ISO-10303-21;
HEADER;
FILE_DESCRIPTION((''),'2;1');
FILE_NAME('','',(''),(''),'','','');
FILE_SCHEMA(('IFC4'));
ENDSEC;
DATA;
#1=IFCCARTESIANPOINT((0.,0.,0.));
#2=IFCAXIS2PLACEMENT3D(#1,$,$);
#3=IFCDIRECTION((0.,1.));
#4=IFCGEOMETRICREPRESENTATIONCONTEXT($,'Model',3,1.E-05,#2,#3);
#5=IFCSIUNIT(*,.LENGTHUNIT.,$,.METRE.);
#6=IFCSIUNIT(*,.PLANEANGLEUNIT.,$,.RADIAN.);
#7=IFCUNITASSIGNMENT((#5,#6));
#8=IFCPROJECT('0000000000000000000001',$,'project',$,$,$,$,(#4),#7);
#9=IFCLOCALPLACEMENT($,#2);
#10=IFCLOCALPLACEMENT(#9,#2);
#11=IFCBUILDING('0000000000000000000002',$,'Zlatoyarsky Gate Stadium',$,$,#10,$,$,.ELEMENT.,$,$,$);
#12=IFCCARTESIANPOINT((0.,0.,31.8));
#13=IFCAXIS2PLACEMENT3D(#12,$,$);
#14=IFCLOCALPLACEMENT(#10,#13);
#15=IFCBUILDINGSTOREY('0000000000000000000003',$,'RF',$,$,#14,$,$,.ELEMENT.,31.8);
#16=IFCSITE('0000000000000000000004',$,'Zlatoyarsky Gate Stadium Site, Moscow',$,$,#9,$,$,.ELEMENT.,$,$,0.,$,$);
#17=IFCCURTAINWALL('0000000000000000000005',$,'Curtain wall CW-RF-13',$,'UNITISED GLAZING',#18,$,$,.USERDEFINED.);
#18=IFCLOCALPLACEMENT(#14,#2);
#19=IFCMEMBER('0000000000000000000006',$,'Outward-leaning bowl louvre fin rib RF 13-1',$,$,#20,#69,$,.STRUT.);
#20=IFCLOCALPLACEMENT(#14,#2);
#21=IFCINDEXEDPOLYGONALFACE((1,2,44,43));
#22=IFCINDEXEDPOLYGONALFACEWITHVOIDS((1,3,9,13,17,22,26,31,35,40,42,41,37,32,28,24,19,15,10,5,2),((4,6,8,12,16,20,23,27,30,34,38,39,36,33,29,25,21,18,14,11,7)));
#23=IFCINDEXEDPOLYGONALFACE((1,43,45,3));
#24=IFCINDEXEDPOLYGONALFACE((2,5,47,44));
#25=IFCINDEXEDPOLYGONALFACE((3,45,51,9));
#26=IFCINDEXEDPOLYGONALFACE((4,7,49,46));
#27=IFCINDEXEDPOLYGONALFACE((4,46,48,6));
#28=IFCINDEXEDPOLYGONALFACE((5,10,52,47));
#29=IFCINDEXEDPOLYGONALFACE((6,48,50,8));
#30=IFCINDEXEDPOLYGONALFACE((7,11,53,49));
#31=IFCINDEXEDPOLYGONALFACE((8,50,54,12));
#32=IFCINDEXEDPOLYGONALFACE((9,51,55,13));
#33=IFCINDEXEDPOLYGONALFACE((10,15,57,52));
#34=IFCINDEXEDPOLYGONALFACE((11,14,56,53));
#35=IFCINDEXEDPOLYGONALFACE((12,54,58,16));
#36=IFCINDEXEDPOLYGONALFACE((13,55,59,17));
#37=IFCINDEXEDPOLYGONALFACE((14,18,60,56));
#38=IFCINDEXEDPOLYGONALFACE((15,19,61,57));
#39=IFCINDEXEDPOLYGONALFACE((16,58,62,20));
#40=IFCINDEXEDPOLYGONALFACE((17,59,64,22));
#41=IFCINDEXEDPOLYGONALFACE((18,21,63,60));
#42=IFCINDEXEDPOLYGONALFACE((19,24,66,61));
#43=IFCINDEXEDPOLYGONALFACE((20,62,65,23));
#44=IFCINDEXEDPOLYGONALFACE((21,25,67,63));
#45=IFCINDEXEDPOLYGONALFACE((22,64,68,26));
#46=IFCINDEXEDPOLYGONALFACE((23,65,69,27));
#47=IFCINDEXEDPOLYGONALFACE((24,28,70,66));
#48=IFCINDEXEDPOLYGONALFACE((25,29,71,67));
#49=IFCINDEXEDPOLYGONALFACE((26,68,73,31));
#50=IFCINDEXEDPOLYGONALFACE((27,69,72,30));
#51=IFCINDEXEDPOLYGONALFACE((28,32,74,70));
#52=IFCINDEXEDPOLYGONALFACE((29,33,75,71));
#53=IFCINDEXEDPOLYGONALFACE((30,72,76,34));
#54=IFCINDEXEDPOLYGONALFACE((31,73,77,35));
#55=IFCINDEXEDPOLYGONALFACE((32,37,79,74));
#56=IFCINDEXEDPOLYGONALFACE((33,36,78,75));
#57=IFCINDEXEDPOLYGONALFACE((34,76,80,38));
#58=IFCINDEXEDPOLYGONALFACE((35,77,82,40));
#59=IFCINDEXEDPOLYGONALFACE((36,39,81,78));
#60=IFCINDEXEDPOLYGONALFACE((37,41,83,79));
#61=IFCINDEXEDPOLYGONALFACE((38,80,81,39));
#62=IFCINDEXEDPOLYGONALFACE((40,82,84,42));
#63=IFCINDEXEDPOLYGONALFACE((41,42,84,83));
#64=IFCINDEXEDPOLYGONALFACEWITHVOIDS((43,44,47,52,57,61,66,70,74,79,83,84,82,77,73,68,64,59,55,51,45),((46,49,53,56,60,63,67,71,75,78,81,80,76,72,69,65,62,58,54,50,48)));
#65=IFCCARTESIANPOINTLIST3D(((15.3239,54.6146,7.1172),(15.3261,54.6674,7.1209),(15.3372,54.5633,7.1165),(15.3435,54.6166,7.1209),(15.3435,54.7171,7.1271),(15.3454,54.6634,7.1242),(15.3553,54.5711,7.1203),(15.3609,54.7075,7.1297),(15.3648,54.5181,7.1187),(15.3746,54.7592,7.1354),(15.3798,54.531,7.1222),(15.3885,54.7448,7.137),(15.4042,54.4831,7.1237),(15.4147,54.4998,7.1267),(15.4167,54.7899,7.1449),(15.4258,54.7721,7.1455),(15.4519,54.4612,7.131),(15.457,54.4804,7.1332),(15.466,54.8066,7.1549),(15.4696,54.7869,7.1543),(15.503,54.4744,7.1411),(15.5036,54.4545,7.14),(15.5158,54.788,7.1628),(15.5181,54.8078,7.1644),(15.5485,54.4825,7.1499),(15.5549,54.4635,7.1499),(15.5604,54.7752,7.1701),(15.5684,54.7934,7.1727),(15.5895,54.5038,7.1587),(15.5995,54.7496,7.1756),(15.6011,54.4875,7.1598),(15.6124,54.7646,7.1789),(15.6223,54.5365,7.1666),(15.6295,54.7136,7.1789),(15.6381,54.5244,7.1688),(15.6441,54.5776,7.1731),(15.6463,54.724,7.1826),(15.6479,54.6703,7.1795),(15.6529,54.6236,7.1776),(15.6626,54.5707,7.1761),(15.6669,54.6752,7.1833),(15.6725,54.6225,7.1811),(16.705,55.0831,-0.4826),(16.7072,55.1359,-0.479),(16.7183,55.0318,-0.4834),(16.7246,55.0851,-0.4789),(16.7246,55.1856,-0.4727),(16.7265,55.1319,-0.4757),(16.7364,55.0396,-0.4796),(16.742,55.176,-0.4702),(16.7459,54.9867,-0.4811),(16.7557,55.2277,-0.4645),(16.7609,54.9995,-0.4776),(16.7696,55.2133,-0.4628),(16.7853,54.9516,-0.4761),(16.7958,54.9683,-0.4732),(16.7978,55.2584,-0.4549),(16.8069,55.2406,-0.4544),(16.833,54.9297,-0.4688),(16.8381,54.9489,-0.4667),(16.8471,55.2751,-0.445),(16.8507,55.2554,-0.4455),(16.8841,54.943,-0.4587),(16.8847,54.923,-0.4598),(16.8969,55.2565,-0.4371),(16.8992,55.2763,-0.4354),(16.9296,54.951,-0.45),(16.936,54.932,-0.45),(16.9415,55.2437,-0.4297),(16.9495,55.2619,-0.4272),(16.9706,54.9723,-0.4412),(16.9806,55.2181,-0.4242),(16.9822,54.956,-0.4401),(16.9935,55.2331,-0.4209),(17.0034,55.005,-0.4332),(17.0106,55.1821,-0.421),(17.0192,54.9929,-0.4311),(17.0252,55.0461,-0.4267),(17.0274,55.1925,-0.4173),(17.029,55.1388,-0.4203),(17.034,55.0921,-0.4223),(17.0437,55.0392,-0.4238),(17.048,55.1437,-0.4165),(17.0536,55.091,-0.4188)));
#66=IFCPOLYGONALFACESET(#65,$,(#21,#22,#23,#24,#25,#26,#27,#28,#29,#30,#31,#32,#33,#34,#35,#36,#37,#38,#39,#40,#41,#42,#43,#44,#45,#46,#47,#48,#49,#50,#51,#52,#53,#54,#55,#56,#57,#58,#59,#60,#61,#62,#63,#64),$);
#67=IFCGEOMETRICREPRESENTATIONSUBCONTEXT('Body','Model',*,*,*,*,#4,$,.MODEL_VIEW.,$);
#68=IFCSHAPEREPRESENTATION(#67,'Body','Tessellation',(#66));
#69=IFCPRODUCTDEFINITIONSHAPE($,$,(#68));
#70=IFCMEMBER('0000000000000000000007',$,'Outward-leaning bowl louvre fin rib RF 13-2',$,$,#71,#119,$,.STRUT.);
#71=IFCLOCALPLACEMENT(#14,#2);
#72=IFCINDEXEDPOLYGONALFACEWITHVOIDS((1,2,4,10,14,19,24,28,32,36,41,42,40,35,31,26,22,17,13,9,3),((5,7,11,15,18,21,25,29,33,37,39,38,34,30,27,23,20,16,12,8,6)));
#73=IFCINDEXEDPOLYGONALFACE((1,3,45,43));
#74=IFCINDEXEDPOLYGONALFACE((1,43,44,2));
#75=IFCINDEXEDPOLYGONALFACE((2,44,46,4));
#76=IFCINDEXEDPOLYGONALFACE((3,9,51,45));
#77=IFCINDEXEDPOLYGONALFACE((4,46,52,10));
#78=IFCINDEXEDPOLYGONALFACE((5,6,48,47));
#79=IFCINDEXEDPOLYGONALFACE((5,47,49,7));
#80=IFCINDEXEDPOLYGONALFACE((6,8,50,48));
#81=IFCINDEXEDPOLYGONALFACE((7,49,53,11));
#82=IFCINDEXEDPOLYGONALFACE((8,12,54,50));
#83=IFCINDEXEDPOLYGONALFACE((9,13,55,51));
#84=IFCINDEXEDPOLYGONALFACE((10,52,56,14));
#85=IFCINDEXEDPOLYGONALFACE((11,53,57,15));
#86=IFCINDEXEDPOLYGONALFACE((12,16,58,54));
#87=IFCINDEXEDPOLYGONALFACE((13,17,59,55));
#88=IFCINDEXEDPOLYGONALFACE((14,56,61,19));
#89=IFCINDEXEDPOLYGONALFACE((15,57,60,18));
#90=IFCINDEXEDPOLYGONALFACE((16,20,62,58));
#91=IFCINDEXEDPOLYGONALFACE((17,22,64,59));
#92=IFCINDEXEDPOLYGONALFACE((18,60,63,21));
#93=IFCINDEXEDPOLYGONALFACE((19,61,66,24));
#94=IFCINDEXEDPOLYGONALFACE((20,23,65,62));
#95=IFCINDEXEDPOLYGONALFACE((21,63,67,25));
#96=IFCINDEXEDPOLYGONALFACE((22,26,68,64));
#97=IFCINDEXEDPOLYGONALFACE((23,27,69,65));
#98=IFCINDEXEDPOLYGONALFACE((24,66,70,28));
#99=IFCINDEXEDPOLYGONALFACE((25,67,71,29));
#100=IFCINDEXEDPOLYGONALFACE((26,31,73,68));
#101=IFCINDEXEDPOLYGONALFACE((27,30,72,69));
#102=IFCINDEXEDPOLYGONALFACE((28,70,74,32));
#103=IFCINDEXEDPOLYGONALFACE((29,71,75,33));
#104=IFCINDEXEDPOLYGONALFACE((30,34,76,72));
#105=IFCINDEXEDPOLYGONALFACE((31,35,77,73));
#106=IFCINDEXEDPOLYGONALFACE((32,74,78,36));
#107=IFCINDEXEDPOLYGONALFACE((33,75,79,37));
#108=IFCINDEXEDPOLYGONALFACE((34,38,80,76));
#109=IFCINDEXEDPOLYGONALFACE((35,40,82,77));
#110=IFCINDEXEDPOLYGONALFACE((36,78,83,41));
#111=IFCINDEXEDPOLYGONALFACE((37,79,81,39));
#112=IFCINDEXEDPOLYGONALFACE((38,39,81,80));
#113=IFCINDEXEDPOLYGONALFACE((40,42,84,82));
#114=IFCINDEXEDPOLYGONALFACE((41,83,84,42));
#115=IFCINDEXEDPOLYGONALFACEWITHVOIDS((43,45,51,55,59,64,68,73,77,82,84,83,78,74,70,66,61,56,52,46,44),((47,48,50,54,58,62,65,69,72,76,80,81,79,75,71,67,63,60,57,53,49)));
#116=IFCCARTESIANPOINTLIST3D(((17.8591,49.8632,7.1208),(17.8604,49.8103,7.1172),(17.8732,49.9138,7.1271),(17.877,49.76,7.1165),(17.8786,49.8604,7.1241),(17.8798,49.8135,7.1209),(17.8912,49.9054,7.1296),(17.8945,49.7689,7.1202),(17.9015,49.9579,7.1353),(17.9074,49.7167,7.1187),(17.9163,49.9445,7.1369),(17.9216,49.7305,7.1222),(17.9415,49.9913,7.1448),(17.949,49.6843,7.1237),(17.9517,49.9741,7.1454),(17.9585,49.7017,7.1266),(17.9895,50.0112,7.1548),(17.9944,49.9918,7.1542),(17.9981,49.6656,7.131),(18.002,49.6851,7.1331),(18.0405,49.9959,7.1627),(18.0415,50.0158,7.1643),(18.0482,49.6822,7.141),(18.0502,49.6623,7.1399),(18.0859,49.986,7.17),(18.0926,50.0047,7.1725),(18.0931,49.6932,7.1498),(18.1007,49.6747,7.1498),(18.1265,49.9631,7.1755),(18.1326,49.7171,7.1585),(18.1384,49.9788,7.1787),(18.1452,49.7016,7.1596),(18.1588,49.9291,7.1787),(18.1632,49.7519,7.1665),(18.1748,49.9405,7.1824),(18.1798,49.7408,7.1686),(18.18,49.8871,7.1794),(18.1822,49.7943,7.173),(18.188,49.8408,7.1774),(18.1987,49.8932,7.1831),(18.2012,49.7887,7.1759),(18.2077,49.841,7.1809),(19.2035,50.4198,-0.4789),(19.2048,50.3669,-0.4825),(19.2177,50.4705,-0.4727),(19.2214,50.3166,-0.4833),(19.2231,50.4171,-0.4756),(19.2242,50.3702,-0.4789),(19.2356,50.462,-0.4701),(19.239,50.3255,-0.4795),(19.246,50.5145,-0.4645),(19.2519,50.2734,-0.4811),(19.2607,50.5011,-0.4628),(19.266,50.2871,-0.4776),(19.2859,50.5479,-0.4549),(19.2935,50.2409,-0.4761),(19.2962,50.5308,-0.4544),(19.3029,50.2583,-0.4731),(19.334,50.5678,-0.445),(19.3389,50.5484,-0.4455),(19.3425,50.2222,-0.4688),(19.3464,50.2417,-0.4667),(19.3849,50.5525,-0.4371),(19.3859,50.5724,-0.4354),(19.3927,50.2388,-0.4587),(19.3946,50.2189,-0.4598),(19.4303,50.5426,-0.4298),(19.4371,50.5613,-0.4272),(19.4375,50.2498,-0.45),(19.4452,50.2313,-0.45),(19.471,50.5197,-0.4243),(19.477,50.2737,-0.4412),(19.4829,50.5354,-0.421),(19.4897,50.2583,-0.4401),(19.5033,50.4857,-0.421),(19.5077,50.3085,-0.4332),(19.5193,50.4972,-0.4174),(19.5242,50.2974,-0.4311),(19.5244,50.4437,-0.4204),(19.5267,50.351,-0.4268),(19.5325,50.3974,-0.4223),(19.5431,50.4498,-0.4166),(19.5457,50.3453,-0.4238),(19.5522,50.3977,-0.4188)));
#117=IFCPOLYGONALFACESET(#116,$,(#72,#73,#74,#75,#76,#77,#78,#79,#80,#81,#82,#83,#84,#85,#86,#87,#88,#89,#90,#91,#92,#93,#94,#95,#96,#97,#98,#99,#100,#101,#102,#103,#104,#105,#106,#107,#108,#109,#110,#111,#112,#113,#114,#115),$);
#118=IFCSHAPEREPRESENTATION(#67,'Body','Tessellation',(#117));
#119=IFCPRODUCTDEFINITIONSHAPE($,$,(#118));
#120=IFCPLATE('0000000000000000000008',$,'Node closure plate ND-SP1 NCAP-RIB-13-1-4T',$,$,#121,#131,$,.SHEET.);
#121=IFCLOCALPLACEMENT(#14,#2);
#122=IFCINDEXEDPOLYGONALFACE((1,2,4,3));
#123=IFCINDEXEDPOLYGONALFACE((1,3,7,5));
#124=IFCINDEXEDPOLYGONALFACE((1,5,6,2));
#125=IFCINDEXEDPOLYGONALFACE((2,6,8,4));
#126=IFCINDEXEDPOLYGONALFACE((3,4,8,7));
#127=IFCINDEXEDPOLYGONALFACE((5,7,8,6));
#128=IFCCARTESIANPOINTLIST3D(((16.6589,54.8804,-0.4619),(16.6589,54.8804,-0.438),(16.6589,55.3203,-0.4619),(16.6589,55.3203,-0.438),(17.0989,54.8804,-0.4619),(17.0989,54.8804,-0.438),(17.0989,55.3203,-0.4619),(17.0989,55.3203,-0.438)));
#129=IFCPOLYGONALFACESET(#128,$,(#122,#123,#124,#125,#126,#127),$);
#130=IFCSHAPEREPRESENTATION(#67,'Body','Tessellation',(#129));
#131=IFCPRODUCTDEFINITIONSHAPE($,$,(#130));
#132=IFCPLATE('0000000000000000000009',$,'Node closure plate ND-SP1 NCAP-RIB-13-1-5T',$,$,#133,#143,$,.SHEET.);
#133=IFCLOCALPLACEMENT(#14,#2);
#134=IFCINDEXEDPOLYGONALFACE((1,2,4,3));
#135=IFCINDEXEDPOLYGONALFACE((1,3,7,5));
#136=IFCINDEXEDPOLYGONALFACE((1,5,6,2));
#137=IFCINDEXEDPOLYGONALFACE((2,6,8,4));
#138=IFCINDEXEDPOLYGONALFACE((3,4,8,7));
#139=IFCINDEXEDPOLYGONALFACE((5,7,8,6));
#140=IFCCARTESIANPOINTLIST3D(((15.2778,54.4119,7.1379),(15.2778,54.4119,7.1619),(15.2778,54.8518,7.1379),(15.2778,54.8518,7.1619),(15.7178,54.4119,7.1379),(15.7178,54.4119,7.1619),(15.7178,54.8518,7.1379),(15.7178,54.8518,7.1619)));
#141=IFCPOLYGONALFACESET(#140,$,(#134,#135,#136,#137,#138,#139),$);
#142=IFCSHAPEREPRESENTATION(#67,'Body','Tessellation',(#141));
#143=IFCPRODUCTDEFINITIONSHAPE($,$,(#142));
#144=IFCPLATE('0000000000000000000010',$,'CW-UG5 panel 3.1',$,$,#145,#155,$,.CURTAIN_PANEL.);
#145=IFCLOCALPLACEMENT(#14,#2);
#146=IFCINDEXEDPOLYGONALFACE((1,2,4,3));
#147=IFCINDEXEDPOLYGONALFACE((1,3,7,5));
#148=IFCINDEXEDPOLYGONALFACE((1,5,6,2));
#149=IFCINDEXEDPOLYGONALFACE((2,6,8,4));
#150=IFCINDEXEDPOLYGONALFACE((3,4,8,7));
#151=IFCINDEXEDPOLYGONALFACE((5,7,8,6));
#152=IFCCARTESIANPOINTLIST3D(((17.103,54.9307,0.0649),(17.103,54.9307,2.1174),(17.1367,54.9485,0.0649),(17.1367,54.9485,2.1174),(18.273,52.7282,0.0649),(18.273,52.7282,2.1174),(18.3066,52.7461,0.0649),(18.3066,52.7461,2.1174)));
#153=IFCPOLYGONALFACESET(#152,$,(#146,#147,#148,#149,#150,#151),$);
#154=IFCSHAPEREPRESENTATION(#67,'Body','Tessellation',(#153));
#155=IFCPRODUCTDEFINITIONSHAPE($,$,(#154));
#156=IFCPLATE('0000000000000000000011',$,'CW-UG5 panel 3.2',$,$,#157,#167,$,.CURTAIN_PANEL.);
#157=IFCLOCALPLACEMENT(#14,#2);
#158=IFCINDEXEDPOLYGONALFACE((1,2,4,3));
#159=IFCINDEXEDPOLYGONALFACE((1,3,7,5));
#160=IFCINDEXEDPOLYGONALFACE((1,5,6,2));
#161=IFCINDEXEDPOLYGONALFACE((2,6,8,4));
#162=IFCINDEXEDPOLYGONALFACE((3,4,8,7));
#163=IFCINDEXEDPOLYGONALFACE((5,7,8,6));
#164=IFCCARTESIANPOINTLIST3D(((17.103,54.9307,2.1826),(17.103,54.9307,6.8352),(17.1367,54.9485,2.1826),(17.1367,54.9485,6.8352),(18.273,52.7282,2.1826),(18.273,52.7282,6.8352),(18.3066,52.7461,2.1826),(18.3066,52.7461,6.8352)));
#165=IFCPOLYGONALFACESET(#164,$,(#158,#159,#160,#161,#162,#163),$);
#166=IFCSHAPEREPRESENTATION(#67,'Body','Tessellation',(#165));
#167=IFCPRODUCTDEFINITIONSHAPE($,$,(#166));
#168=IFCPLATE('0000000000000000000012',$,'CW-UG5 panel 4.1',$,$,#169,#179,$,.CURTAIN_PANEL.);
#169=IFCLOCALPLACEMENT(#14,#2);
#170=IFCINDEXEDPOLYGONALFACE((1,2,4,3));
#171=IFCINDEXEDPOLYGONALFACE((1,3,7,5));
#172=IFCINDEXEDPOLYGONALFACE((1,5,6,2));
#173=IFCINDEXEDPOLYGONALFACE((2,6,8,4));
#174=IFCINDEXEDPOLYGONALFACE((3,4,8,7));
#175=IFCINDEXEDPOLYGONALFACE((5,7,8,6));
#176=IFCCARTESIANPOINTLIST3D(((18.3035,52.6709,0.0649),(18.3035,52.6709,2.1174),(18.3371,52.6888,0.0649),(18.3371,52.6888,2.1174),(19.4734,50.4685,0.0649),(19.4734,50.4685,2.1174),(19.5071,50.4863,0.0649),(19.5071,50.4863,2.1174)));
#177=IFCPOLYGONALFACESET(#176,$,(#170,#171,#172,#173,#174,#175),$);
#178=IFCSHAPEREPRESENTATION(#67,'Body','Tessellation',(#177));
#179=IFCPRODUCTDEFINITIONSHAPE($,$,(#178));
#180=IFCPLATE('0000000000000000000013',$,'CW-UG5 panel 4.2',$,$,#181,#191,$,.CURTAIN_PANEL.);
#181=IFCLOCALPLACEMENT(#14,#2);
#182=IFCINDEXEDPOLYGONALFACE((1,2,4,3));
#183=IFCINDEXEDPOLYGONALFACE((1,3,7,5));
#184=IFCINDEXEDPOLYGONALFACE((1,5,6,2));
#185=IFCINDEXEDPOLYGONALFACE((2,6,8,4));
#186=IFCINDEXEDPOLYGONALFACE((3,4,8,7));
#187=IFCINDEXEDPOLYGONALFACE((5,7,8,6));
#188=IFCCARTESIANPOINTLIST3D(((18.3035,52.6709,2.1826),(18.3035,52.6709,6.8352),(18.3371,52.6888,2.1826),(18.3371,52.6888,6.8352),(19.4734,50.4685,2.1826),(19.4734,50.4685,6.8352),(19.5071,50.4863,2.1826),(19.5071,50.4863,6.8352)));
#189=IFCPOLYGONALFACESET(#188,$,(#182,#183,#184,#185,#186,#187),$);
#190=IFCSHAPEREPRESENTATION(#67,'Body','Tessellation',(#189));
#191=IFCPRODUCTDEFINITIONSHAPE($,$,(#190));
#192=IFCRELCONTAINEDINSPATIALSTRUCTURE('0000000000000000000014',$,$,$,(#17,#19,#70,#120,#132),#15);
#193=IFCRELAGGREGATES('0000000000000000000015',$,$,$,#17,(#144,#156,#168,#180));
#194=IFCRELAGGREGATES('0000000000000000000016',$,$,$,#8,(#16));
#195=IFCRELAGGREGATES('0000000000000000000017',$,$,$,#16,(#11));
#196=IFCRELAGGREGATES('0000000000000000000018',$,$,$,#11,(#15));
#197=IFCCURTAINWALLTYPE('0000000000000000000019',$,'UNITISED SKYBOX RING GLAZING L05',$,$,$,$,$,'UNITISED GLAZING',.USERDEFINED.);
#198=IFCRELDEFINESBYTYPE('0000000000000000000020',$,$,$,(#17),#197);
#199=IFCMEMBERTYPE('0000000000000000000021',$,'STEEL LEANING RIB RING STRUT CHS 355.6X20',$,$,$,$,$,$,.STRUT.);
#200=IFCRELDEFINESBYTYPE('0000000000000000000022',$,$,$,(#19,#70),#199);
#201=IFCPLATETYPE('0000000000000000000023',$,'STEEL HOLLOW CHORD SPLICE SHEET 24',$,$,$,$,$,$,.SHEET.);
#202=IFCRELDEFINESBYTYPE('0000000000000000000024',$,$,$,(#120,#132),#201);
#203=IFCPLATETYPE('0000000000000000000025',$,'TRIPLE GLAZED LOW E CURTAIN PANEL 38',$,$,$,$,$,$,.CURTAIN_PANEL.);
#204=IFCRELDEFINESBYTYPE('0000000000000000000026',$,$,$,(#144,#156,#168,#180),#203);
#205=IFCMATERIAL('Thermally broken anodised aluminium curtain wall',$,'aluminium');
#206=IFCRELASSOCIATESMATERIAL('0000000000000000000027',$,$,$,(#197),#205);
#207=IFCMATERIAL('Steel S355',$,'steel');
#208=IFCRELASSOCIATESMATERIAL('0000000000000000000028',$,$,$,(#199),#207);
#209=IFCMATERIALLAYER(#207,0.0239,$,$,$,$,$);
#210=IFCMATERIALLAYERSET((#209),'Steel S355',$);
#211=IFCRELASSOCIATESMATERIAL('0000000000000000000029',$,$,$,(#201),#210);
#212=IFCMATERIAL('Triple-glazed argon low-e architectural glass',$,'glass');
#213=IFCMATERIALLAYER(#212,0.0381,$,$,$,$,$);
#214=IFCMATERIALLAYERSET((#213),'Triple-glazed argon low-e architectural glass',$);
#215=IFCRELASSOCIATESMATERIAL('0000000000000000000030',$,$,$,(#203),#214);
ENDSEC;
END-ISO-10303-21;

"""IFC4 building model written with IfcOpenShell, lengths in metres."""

from ifc_helpers import new_model, si_unit, direction, frame, origin, origin_2d, place, context, subcontext, project, spatial, rectangle, hollow_circle, extrude, material, layer, layer_set, material_profile, profile_set, type_object, element, aggregate, save


model = new_model("IFC4")

# Units and contexts
model_context = context("Model", 3, precision=1e-05, world=origin(), true_north=direction((0.0, 1.0)))
body_context = subcontext(model_context, "Body", "Model", "MODEL_VIEW")
ifc_project = project(units=[si_unit("LENGTHUNIT", "METRE"), si_unit("PLANEANGLEUNIT", "RADIAN")], contexts=[model_context])

# Site, building, storey
site_placement = place(None, origin())
site = spatial("IfcSite", under=ifc_project, at=site_placement, Name="Zlatoyarsky Gate Stadium Site, Moscow", CompositionType="ELEMENT", RefElevation=0.0)
building_placement = place(site_placement, origin())
building = spatial("IfcBuilding", under=site, at=building_placement, Name="Zlatoyarsky Gate Stadium", CompositionType="ELEMENT")
storey_placement = place(building_placement, frame((0.0, 0.0, 31.8)))
storey = spatial("IfcBuildingStorey", under=building, at=storey_placement, Name="RF", CompositionType="ELEMENT", Elevation=31.8)

# Curtain wall
ifc_material_1 = material(Name="Thermally broken anodised aluminium curtain wall", Category="aluminium")
curtain_wall_type = type_object("IfcCurtainWallType", Name="UNITISED SKYBOX RING GLAZING L05", ElementType="UNITISED GLAZING", PredefinedType="USERDEFINED", material=ifc_material_1)
curtain_wall_placement = place(storey_placement, origin())
curtain_wall = element("IfcCurtainWall", 1, at=curtain_wall_placement, inside=storey, type_object=curtain_wall_type, Name="Curtain wall CW-RF-13", ObjectType="UNITISED GLAZING", PredefinedType="USERDEFINED")

# Members
ifc_material_2 = material(Name="Steel S355", Category="steel")
ifc_material_profile_1 = material_profile(ifc_material_2, hollow_circle(Radius=0.1777, WallThickness=0.02, at=origin_2d()), Name="CHS 355.6X20")
ifc_profile_set_1 = profile_set([ifc_material_profile_1], Name="Steel S355")
member_type_1 = type_object("IfcMemberType", Name="STEEL LEANING RIB RING STRUT CHS 355.6X20", PredefinedType="STRUT", material=ifc_profile_set_1)
member_1_placement = place(storey_placement, frame((16.8789, 55.1003, -0.45), z_axis=(-0.178471, -0.060542, 0.982081), x_axis=(0.321245, -0.946996, 0.0)))
element("IfcMember", 2, at=member_1_placement, inside=storey, type_object=member_type_1, Name="Outward-leaning bowl louvre fin rib RF 13-1", PredefinedType="STRUT", context=body_context, shape_type="SweptSolid", body=[
    extrude(hollow_circle(Radius=0.1777, WallThickness=0.02, at=origin_2d()), origin(), (0.0, 0.0, 1.0), 7.7385),
])
member_2_placement = place(storey_placement, frame((19.3772, 50.3955, -0.45), z_axis=(-0.173753, -0.071937, 0.982158), x_axis=(0.38253, -0.923943, 0.0)))
element("IfcMember", 3, at=member_2_placement, inside=storey, type_object=member_type_1, Name="Outward-leaning bowl louvre fin rib RF 13-2", PredefinedType="STRUT", context=body_context, shape_type="SweptSolid", body=[
    extrude(hollow_circle(Radius=0.1777, WallThickness=0.02, at=origin_2d()), origin(), (0.0, 0.0, 1.0), 7.7378),
])

# Plates
ifc_layer_1 = layer(ifc_material_2, 0.0239)
ifc_layer_set_1 = layer_set([ifc_layer_1], Name="Steel S355")
plate_type_1 = type_object("IfcPlateType", Name="STEEL HOLLOW CHORD SPLICE SHEET 24", PredefinedType="SHEET", material=ifc_layer_set_1)
for number, where, z_axis, x_axis, name in (
    (4, (16.8789, 55.1003, -0.4619), (0.0, 0.0, 1.0), (1.0, 0.0, 0.0), "Node closure plate ND-SP1 NCAP-RIB-13-1-4T"),
    (5, (15.4978, 54.6318, 7.1379), (0.0, 0.0, 1.0), (1.0, 0.0, 0.0), "Node closure plate ND-SP1 NCAP-RIB-13-1-5T"),
):
    element("IfcPlate", number, at=place(storey_placement, frame(where, z_axis=z_axis, x_axis=x_axis)), inside=storey, type_object=plate_type_1, Name=name, PredefinedType="SHEET", context=body_context, shape_type="SweptSolid", body=[
        extrude(rectangle(XDim=0.4399, YDim=0.4399, at=origin_2d()), origin(), (0.0, 0.0, 1.0), 0.0239),
    ])

# Plates
ifc_material_3 = material(Name="Triple-glazed argon low-e architectural glass", Category="glass")
ifc_layer_2 = layer(ifc_material_3, 0.0381)
ifc_layer_set_2 = layer_set([ifc_layer_2], Name="Triple-glazed argon low-e architectural glass")
plate_type_2 = type_object("IfcPlateType", Name="TRIPLE GLAZED LOW E CURTAIN PANEL 38", PredefinedType="CURTAIN_PANEL", material=ifc_layer_set_2)
plate_1_placement = place(storey_placement, frame((17.7048, 53.8384, 0.0649), z_axis=(0.0, 0.0, 1.0), x_axis=(0.469127, -0.883131, 0.0)))
plate_1 = element("IfcPlate", 6, at=plate_1_placement, type_object=plate_type_2, Name="CW-UG5 panel 3.1", PredefinedType="CURTAIN_PANEL", context=body_context, shape_type="SweptSolid", body=[
    extrude(rectangle(XDim=2.4939, YDim=0.0381, at=origin_2d()), origin(), (0.0, 0.0, 1.0), 2.0525),
])
plate_2_placement = place(storey_placement, frame((17.7048, 53.8384, 2.1826), z_axis=(0.0, 0.0, 1.0), x_axis=(0.469127, -0.883131, 0.0)))
plate_2 = element("IfcPlate", 7, at=plate_2_placement, type_object=plate_type_2, Name="CW-UG5 panel 3.2", PredefinedType="CURTAIN_PANEL", context=body_context, shape_type="SweptSolid", body=[
    extrude(rectangle(XDim=2.4939, YDim=0.0381, at=origin_2d()), origin(), (0.0, 0.0, 1.0), 4.6526),
])
plate_3_placement = place(storey_placement, frame((18.9053, 51.5786, 0.0649), z_axis=(0.0, 0.0, 1.0), x_axis=(0.469127, -0.883131, 0.0)))
plate_3 = element("IfcPlate", 8, at=plate_3_placement, type_object=plate_type_2, Name="CW-UG5 panel 4.1", PredefinedType="CURTAIN_PANEL", context=body_context, shape_type="SweptSolid", body=[
    extrude(rectangle(XDim=2.4939, YDim=0.0381, at=origin_2d()), origin(), (0.0, 0.0, 1.0), 2.0525),
])
plate_4_placement = place(storey_placement, frame((18.9053, 51.5786, 2.1826), z_axis=(0.0, 0.0, 1.0), x_axis=(0.469127, -0.883131, 0.0)))
plate_4 = element("IfcPlate", 9, at=plate_4_placement, type_object=plate_type_2, Name="CW-UG5 panel 4.2", PredefinedType="CURTAIN_PANEL", context=body_context, shape_type="SweptSolid", body=[
    extrude(rectangle(XDim=2.4939, YDim=0.0381, at=origin_2d()), origin(), (0.0, 0.0, 1.0), 4.6526),
])
aggregate(curtain_wall, [plate_1, plate_2, plate_3, plate_4])

save(model, "model.ifc")
